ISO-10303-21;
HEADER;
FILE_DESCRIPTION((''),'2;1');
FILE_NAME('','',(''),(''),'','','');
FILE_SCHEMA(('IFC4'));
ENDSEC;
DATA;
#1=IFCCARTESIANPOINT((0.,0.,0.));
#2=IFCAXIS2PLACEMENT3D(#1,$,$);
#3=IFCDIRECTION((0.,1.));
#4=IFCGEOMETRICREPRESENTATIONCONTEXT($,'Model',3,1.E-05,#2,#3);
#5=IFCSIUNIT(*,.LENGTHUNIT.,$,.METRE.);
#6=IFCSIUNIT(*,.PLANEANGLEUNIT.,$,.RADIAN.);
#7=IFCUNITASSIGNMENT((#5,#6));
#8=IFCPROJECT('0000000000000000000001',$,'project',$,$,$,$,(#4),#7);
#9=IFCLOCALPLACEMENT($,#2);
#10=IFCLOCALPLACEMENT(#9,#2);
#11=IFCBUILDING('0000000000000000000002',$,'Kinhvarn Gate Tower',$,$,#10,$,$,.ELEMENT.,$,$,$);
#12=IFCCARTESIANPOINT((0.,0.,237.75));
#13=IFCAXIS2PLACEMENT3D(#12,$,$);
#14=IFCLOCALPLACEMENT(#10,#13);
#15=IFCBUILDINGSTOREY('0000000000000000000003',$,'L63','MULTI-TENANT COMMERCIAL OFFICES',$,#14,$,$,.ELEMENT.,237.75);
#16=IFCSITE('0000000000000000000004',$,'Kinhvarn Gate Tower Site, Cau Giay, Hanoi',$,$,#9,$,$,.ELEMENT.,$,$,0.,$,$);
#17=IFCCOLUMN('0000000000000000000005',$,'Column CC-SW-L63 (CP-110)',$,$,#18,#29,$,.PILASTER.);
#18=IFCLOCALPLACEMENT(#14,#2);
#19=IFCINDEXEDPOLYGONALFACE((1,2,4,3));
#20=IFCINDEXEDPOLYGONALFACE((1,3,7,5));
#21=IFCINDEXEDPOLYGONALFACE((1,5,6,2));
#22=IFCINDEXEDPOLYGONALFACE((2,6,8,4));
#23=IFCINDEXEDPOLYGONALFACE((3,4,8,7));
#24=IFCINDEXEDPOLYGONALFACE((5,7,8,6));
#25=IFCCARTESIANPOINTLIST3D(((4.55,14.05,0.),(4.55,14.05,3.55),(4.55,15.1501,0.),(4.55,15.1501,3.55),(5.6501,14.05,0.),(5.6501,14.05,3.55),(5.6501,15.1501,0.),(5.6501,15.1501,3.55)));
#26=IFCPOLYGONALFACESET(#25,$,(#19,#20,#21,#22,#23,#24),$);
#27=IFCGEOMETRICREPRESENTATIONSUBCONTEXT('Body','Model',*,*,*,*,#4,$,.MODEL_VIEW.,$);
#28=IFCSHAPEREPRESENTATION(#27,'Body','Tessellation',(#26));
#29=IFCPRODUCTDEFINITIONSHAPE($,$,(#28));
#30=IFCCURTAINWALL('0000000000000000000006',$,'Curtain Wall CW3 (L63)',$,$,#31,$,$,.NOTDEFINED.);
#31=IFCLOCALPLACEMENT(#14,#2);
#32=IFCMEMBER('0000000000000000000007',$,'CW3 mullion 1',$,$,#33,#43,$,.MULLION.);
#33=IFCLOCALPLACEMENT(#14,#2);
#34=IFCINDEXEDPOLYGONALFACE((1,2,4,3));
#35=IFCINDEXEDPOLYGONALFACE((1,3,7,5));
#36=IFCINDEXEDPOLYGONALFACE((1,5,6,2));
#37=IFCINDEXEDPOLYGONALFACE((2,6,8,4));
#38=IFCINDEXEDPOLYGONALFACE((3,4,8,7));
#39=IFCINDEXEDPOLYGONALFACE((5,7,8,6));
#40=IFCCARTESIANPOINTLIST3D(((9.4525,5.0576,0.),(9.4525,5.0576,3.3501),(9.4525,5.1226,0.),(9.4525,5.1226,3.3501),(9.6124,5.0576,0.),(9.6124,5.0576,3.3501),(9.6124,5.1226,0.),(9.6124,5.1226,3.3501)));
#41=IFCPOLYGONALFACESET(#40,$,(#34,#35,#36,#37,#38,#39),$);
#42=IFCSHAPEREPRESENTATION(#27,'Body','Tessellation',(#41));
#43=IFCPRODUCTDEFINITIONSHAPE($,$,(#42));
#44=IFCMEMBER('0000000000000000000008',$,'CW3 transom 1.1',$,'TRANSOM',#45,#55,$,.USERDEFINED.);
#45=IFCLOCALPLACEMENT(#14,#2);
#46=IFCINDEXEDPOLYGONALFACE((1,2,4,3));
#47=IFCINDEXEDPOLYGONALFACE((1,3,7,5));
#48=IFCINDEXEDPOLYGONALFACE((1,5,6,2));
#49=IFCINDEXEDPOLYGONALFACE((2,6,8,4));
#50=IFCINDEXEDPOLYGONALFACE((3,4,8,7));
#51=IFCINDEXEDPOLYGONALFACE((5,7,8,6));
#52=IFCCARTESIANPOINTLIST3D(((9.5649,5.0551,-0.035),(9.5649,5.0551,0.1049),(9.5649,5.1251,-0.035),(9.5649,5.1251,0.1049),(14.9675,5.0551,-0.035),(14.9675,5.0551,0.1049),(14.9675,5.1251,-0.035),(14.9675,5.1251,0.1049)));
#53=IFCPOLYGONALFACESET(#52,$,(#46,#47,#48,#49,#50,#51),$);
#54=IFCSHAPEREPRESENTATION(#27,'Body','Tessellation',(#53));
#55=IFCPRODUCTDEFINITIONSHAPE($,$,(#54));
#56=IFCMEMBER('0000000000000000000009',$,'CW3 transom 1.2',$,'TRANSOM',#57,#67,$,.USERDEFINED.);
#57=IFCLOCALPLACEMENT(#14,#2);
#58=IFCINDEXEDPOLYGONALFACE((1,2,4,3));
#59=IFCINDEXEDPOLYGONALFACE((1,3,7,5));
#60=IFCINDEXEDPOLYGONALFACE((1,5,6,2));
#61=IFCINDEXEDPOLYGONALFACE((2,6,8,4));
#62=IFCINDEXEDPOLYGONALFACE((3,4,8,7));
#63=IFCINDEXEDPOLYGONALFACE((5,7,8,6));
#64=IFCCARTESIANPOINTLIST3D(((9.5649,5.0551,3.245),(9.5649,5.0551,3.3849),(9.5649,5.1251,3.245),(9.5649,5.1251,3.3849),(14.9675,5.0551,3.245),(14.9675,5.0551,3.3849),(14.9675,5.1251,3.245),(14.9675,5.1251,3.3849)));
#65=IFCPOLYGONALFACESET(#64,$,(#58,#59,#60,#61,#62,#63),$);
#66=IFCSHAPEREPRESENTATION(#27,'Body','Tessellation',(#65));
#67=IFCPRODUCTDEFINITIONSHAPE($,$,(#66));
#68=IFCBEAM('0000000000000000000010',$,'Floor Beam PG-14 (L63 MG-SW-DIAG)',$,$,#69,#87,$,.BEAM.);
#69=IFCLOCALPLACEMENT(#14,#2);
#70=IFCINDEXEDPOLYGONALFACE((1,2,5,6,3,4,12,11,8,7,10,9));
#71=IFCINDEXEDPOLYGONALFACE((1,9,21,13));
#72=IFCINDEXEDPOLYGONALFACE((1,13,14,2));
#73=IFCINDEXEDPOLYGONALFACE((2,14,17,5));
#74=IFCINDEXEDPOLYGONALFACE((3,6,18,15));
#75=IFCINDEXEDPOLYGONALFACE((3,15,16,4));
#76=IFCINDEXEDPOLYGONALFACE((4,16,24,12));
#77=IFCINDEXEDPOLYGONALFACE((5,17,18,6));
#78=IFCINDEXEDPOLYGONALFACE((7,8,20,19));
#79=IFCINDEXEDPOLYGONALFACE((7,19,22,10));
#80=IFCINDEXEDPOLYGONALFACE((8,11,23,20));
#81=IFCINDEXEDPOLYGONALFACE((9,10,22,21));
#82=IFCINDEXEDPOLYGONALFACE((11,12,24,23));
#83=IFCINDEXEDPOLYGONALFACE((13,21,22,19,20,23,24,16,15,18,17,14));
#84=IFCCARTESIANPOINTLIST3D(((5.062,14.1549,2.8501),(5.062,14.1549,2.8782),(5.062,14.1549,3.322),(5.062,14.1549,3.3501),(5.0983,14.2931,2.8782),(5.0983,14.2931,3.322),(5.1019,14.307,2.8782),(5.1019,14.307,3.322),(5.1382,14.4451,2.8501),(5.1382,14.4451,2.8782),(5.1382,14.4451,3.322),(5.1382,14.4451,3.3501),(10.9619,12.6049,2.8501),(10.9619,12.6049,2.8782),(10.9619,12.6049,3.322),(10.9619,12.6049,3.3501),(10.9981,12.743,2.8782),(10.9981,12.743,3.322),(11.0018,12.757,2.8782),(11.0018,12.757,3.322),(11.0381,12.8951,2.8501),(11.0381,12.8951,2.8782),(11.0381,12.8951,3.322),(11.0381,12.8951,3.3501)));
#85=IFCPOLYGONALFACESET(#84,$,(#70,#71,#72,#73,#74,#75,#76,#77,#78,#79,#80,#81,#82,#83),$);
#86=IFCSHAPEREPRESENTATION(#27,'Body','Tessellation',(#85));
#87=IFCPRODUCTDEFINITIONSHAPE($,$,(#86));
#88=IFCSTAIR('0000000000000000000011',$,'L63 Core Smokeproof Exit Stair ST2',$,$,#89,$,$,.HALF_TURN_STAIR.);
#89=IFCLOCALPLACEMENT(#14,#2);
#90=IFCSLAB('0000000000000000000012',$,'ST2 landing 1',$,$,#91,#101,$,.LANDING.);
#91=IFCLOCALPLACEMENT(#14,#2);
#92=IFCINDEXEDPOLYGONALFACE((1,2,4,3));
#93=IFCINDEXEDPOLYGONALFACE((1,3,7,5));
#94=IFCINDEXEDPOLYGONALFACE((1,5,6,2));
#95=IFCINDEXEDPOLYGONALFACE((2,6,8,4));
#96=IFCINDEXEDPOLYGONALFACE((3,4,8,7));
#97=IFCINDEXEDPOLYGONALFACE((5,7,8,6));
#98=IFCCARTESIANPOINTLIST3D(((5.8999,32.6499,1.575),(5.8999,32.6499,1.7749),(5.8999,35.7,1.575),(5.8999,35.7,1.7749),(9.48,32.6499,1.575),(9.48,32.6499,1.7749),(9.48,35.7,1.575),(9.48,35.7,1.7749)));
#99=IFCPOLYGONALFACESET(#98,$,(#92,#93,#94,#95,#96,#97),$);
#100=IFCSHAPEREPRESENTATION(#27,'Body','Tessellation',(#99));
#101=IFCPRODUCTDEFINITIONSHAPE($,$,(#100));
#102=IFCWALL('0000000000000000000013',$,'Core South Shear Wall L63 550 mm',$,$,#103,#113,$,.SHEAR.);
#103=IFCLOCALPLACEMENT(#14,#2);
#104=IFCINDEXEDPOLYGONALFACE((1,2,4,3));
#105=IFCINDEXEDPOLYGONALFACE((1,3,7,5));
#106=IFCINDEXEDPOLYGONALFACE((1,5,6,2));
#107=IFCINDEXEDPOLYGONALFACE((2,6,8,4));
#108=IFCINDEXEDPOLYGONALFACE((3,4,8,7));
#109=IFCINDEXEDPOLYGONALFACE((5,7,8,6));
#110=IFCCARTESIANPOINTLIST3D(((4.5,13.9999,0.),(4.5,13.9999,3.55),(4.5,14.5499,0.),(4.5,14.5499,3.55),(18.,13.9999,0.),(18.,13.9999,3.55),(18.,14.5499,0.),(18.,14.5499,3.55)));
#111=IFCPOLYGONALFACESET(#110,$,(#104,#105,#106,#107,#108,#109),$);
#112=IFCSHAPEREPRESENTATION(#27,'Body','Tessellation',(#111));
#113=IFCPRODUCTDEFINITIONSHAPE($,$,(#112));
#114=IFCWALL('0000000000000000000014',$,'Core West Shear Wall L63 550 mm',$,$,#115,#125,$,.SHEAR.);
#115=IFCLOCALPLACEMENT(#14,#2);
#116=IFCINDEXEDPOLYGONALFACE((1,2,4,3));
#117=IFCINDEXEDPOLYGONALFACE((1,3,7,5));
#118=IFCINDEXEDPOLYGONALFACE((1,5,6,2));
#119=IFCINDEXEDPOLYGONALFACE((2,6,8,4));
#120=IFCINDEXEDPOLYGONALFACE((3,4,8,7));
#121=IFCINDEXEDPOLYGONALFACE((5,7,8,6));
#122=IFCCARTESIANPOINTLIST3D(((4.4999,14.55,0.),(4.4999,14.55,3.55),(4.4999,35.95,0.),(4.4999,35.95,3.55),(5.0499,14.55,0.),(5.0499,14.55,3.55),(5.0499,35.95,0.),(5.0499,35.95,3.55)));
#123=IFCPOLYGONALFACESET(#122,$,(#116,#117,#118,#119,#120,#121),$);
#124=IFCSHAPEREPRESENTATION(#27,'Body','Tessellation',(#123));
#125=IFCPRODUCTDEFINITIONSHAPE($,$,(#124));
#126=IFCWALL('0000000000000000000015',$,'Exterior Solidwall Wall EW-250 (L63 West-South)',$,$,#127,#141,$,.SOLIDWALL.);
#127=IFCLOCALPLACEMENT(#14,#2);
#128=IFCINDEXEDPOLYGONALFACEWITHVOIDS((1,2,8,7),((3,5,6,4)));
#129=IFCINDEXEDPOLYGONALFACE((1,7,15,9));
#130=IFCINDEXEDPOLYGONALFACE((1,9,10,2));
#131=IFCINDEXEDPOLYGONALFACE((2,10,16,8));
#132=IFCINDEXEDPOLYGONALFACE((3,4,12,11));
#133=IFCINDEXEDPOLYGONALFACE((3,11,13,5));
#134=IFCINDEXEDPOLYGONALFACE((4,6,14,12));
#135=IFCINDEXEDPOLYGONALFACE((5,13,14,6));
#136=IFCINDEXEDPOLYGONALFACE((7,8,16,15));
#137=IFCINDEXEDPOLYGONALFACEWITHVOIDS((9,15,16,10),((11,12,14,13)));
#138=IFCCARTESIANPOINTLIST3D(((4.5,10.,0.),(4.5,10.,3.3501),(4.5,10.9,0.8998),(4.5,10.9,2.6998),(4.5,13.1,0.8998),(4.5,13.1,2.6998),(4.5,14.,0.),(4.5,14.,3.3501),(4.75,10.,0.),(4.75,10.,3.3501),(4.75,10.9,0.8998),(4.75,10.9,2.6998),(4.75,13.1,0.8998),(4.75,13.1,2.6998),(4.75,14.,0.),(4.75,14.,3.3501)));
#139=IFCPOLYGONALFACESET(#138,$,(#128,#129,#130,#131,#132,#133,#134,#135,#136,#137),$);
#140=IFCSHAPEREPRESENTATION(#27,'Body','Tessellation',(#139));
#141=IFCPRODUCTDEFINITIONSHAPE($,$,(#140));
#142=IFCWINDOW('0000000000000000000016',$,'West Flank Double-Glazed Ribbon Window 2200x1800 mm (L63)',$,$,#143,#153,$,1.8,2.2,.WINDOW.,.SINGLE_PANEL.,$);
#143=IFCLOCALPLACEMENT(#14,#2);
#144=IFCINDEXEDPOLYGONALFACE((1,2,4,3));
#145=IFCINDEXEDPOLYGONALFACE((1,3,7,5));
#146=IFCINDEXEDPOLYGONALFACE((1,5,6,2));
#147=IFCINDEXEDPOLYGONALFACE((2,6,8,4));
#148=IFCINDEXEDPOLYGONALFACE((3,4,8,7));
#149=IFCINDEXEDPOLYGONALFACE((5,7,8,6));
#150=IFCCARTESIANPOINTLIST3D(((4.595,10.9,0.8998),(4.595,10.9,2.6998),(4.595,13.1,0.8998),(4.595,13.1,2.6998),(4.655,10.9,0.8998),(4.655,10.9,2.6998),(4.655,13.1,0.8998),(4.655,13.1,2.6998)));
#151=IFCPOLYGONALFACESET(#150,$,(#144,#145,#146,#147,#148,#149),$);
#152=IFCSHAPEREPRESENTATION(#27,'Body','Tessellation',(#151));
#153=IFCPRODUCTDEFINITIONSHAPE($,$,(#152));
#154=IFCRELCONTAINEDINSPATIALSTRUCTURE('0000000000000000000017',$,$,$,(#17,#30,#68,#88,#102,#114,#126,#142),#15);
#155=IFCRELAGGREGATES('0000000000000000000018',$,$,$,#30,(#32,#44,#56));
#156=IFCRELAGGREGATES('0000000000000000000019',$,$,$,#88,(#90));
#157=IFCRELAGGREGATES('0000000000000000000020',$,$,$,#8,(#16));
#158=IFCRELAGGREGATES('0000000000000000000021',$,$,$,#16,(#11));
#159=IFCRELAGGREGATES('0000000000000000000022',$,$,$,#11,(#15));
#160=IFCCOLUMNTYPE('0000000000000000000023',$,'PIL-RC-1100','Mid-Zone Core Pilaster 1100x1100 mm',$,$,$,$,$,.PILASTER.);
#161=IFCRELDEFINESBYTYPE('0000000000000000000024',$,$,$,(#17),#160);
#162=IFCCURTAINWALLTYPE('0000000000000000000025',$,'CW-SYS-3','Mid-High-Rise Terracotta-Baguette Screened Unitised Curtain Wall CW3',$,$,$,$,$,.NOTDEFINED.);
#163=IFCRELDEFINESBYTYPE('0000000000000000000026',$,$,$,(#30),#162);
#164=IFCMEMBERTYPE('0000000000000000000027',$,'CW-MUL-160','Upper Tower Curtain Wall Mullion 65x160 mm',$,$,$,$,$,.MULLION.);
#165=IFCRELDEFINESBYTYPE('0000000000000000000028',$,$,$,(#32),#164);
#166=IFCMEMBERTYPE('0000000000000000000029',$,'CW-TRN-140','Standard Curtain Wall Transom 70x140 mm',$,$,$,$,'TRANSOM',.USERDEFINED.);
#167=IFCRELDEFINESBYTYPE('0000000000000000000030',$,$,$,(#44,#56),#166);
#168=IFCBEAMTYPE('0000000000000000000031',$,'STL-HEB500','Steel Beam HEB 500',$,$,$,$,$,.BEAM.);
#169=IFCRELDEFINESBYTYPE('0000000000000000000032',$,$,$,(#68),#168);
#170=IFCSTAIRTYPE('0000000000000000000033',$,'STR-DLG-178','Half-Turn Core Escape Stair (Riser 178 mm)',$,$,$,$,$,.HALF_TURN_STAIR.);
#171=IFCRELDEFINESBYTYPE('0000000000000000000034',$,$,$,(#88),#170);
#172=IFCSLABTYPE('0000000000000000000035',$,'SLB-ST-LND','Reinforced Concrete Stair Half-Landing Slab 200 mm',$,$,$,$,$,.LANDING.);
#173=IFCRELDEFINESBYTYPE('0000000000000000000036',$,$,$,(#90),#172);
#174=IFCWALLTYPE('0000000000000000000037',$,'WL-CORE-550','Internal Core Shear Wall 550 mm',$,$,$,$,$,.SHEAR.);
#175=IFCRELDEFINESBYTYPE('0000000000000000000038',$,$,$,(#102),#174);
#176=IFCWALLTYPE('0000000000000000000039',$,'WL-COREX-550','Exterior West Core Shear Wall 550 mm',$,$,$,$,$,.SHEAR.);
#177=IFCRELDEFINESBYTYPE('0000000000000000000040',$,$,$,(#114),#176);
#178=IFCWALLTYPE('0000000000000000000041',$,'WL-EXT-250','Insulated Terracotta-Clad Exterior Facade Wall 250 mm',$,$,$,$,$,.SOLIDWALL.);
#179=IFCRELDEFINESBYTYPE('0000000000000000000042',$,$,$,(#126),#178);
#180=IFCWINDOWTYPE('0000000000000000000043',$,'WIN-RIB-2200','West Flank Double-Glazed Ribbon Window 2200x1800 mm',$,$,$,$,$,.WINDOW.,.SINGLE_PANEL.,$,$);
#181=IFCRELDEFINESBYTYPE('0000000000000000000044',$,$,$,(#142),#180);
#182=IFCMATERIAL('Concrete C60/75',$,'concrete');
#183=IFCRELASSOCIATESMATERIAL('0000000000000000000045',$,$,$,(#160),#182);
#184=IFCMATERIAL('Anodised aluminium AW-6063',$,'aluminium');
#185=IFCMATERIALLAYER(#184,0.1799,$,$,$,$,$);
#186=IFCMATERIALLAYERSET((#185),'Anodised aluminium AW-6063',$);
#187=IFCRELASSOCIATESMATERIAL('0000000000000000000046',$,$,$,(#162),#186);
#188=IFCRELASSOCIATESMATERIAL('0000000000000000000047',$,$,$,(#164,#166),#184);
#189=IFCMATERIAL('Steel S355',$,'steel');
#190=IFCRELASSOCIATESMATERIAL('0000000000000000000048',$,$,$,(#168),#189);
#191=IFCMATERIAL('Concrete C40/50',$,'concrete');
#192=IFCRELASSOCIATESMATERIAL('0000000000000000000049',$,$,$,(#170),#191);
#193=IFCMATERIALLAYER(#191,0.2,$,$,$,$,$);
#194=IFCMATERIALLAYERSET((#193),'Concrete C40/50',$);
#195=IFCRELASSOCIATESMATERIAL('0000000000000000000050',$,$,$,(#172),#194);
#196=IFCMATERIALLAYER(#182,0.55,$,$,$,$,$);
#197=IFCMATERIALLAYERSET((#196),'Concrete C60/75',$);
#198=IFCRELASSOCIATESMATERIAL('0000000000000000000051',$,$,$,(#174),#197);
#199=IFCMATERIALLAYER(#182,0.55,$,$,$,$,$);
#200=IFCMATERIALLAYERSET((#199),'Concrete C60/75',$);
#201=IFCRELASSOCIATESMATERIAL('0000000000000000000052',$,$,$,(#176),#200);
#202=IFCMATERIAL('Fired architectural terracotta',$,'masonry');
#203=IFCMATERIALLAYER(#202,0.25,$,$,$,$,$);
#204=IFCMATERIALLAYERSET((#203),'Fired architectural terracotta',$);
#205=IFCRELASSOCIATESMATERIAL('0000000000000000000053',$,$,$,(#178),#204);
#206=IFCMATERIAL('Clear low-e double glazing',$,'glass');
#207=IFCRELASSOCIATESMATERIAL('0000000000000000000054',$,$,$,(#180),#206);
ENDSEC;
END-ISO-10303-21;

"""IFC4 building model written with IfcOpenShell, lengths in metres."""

from ifc_helpers import new_model, si_unit, direction, frame, frame_2d, origin, origin_2d, place, context, subcontext, project, spatial, polyline, rectangle, i_section, outline, extrude, material, layer, layer_set, material_profile, profile_set, type_object, element, fill, aggregate, save


model = new_model("IFC4")

# Units and contexts
model_context = context("Model", 3, precision=1e-05, world=origin(), true_north=direction((0.0, 1.0)))
body_context = subcontext(model_context, "Body", "Model", "MODEL_VIEW")
ifc_project = project(units=[si_unit("LENGTHUNIT", "METRE"), si_unit("PLANEANGLEUNIT", "RADIAN")], contexts=[model_context])

# Site, building, storey
site_placement = place(None, origin())
site = spatial("IfcSite", under=ifc_project, at=site_placement, Name="Kinhvarn Gate Tower Site, Cau Giay, Hanoi", CompositionType="ELEMENT", RefElevation=0.0)
building_placement = place(site_placement, origin())
building = spatial("IfcBuilding", under=site, at=building_placement, Name="Kinhvarn Gate Tower", CompositionType="ELEMENT")
storey_placement = place(building_placement, frame((0.0, 0.0, 237.75)))
storey = spatial("IfcBuildingStorey", under=building, at=storey_placement, Name="L63", Description="MULTI-TENANT COMMERCIAL OFFICES", CompositionType="ELEMENT", Elevation=237.75)

# Column
ifc_material_1 = material(Name="Concrete C60/75", Category="concrete")
ifc_material_profile_1 = material_profile(ifc_material_1, rectangle(XDim=1.1001, YDim=1.1001, at=origin_2d()), Name="RC 1100x1100")
ifc_profile_set_1 = profile_set([ifc_material_profile_1], Name="Concrete C60/75")
column_type = type_object("IfcColumnType", Name="PIL-RC-1100", Description="Mid-Zone Core Pilaster 1100x1100 mm", PredefinedType="PILASTER", material=ifc_profile_set_1)
column_placement = place(storey_placement, frame((5.1001, 14.6001, 0.0), z_axis=(0.0, 0.0, 1.0), x_axis=(1.0, 0.0, 0.0)))
element("IfcColumn", 1, at=column_placement, inside=storey, type_object=column_type, Name="Column CC-SW-L63 (CP-110)", PredefinedType="PILASTER", context=body_context, shape_type="SweptSolid", body=[
    extrude(rectangle(XDim=1.1001, YDim=1.1001, at=origin_2d()), origin(), (0.0, 0.0, 1.0), 3.55),
])

# Curtain wall, members
ifc_material_2 = material(Name="Anodised aluminium AW-6063", Category="aluminium")
ifc_layer_1 = layer(ifc_material_2, 0.1799)
ifc_layer_set_1 = layer_set([ifc_layer_1], Name="Anodised aluminium AW-6063")
curtain_wall_type = type_object("IfcCurtainWallType", Name="CW-SYS-3", Description="Mid-High-Rise Terracotta-Baguette Screened Unitised Curtain Wall CW3", PredefinedType="NOTDEFINED", material=ifc_layer_set_1)
curtain_wall_placement = place(storey_placement, origin())
curtain_wall = element("IfcCurtainWall", 2, at=curtain_wall_placement, inside=storey, type_object=curtain_wall_type, Name="Curtain Wall CW3 (L63)", PredefinedType="NOTDEFINED")
ifc_material_profile_2 = material_profile(ifc_material_2, rectangle(XDim=0.0649, YDim=0.1599, at=origin_2d()), Name="ALU 65x160")
ifc_profile_set_2 = profile_set([ifc_material_profile_2], Name="Anodised aluminium AW-6063")
member_type_1 = type_object("IfcMemberType", Name="CW-MUL-160", Description="Upper Tower Curtain Wall Mullion 65x160 mm", PredefinedType="MULLION", material=ifc_profile_set_2)
member_1_placement = place(storey_placement, frame((9.5325, 5.0901, 0.0), z_axis=(0.0, 0.0, 1.0), x_axis=(0.0, 1.0, 0.0)))
member_1 = element("IfcMember", 3, at=member_1_placement, type_object=member_type_1, Name="CW3 mullion 1", PredefinedType="MULLION", context=body_context, shape_type="SweptSolid", body=[
    extrude(rectangle(XDim=0.0649, YDim=0.1599, at=origin_2d()), origin(), (0.0, 0.0, 1.0), 3.3501),
])
ifc_material_profile_3 = material_profile(ifc_material_2, rectangle(XDim=0.0701, YDim=0.1399, at=origin_2d()), Name="ALU 70x140")
ifc_profile_set_3 = profile_set([ifc_material_profile_3], Name="Anodised aluminium AW-6063")
member_type_2 = type_object("IfcMemberType", Name="CW-TRN-140", Description="Standard Curtain Wall Transom 70x140 mm", ElementType="TRANSOM", PredefinedType="USERDEFINED", material=ifc_profile_set_3)
member_2_placement = place(storey_placement, frame((9.5649, 5.0901, 0.0349), z_axis=(1.0, 0.0, 0.0), x_axis=(0.0, 1.0, 0.0)))
member_2 = element("IfcMember", 4, at=member_2_placement, type_object=member_type_2, Name="CW3 transom 1.1", ObjectType="TRANSOM", PredefinedType="USERDEFINED", context=body_context, shape_type="SweptSolid", body=[
    extrude(rectangle(XDim=0.0701, YDim=0.1399, at=origin_2d()), origin(), (0.0, 0.0, 1.0), 5.4026),
])
member_3_placement = place(storey_placement, frame((9.5649, 5.0901, 3.3149), z_axis=(1.0, 0.0, 0.0), x_axis=(0.0, 1.0, 0.0)))
member_3 = element("IfcMember", 5, at=member_3_placement, type_object=member_type_2, Name="CW3 transom 1.2", ObjectType="TRANSOM", PredefinedType="USERDEFINED", context=body_context, shape_type="SweptSolid", body=[
    extrude(rectangle(XDim=0.0701, YDim=0.1399, at=origin_2d()), origin(), (0.0, 0.0, 1.0), 5.4026),
])
aggregate(curtain_wall, [member_1, member_2, member_3])

# Beam
ifc_material_3 = material(Name="Steel S355", Category="steel")
ifc_material_profile_4 = material_profile(ifc_material_3, i_section(OverallWidth=0.3, OverallDepth=0.5, WebThickness=0.0144, FlangeThickness=0.0281, at=origin_2d()), Name="HEB 500")
ifc_profile_set_4 = profile_set([ifc_material_profile_4], Name="Steel S355")
beam_type = type_object("IfcBeamType", Name="STL-HEB500", Description="Steel Beam HEB 500", PredefinedType="BEAM", material=ifc_profile_set_4)
beam_placement = place(storey_placement, frame((5.1001, 14.3, 3.1001), z_axis=(0.967178, -0.254101, 0.0), x_axis=(0.254101, 0.967178, 0.0)))
element("IfcBeam", 6, at=beam_placement, inside=storey, type_object=beam_type, Name="Floor Beam PG-14 (L63 MG-SW-DIAG)", PredefinedType="BEAM", context=body_context, shape_type="SweptSolid", body=[
    extrude(i_section(OverallWidth=0.3, OverallDepth=0.5, WebThickness=0.0144, FlangeThickness=0.0281, at=origin_2d()), origin(), (0.0, 0.0, 1.0), 6.1001),
])

# Stair, slab
ifc_material_4 = material(Name="Concrete C40/50", Category="concrete")
stair_type = type_object("IfcStairType", Name="STR-DLG-178", Description="Half-Turn Core Escape Stair (Riser 178 mm)", PredefinedType="HALF_TURN_STAIR", material=ifc_material_4)
stair_1_placement = place(storey_placement, origin())
stair_1 = element("IfcStair", 7, at=stair_1_placement, inside=storey, type_object=stair_type, Name="L63 Core Smokeproof Exit Stair ST2", PredefinedType="HALF_TURN_STAIR")
ifc_layer_2 = layer(ifc_material_4, 0.2)
ifc_layer_set_2 = layer_set([ifc_layer_2], Name="Concrete C40/50")
slab_type = type_object("IfcSlabType", Name="SLB-ST-LND", Description="Reinforced Concrete Stair Half-Landing Slab 200 mm", PredefinedType="LANDING", material=ifc_layer_set_2)
slab_placement = place(storey_placement, frame((0.0, 0.0, 1.575)))
slab = element("IfcSlab", 8, at=slab_placement, type_object=slab_type, Name="ST2 landing 1", PredefinedType="LANDING", context=body_context, shape_type="SweptSolid", body=[
    extrude(outline(polyline([(9.48, 35.7), (5.8999, 35.7), (5.8999, 32.6499), (9.48, 32.6499), (9.48, 35.7)])), origin(), (0.0, 0.0, 1.0), 0.2),
])
aggregate(stair_1, [slab])

# Walls
ifc_layer_3 = layer(ifc_material_1, 0.55)
ifc_layer_set_3 = layer_set([ifc_layer_3], Name="Concrete C60/75")
wall_type_1 = type_object("IfcWallType", Name="WL-CORE-550", Description="Internal Core Shear Wall 550 mm", PredefinedType="SHEAR", material=ifc_layer_set_3)
wall_1_placement = place(storey_placement, frame((4.5, 14.2749, 0.0), z_axis=(0.0, 0.0, 1.0), x_axis=(1.0, 0.0, 0.0)))
element("IfcWall", 9, at=wall_1_placement, inside=storey, type_object=wall_type_1, Name="Core South Shear Wall L63 550 mm", PredefinedType="SHEAR", context=body_context, shape_type="SweptSolid", body=[
    extrude(rectangle(XDim=13.5, YDim=0.55, at=frame_2d((6.75, 0.0))), origin(), (0.0, 0.0, 1.0), 3.55),
])
ifc_layer_4 = layer(ifc_material_1, 0.55)
ifc_layer_set_4 = layer_set([ifc_layer_4], Name="Concrete C60/75")
wall_type_2 = type_object("IfcWallType", Name="WL-COREX-550", Description="Exterior West Core Shear Wall 550 mm", PredefinedType="SHEAR", material=ifc_layer_set_4)
wall_2_placement = place(storey_placement, frame((4.7749, 14.55, 0.0), z_axis=(0.0, 0.0, 1.0), x_axis=(0.0, 1.0, 0.0)))
element("IfcWall", 10, at=wall_2_placement, inside=storey, type_object=wall_type_2, Name="Core West Shear Wall L63 550 mm", PredefinedType="SHEAR", context=body_context, shape_type="SweptSolid", body=[
    extrude(rectangle(XDim=21.3999, YDim=0.55, at=frame_2d((10.7, 0.0))), origin(), (0.0, 0.0, 1.0), 3.55),
])

# Wall, opening, window
ifc_material_5 = material(Name="Fired architectural terracotta", Category="masonry")
ifc_layer_5 = layer(ifc_material_5, 0.25)
ifc_layer_set_5 = layer_set([ifc_layer_5], Name="Fired architectural terracotta")
wall_type_3 = type_object("IfcWallType", Name="WL-EXT-250", Description="Insulated Terracotta-Clad Exterior Facade Wall 250 mm", PredefinedType="SOLIDWALL", material=ifc_layer_set_5)
wall_3_placement = place(storey_placement, frame((4.625, 14.0, 0.0), z_axis=(0.0, 0.0, 1.0), x_axis=(0.0, -1.0, 0.0)))
wall_3 = element("IfcWall", 11, at=wall_3_placement, inside=storey, type_object=wall_type_3, Name="Exterior Solidwall Wall EW-250 (L63 West-South)", PredefinedType="SOLIDWALL", context=body_context, shape_type="SweptSolid", body=[
    extrude(rectangle(XDim=4.0, YDim=0.25, at=frame_2d((2.0, 0.0))), origin(), (0.0, 0.0, 1.0), 3.3501),
])
opening_1_placement = place(wall_3_placement, frame((0.8999, 0.0, 0.8999)))
opening_1 = element("IfcOpeningElement", 12, at=opening_1_placement, cuts=wall_3, PredefinedType="OPENING", context=body_context, shape_type="SweptSolid", body=[
    extrude(rectangle(XDim=2.2, YDim=1.8, at=frame_2d((1.1001, 0.8999))), frame((0.0, 0.135, 0.0), z_axis=(0.0, -1.0, 0.0), x_axis=(1.0, 0.0, 0.0)), (0.0, 0.0, 1.0), 0.27),
])
ifc_material_6 = material(Name="Clear low-e double glazing", Category="glass")
window_type_1 = type_object("IfcWindowType", Name="WIN-RIB-2200", Description="West Flank Double-Glazed Ribbon Window 2200x1800 mm", PartitioningType="SINGLE_PANEL", PredefinedType="WINDOW", material=ifc_material_6)
window_1_placement = place(opening_1_placement, origin())
window_1 = element("IfcWindow", 13, at=window_1_placement, inside=storey, type_object=window_type_1, Name="West Flank Double-Glazed Ribbon Window 2200x1800 mm (L63)", OverallHeight=1.8, OverallWidth=2.2, PartitioningType="SINGLE_PANEL", PredefinedType="WINDOW", context=body_context, shape_type="SweptSolid", body=[
    extrude(rectangle(XDim=2.2, YDim=1.8, at=frame_2d((1.1001, 0.8999))), frame((0.0, 0.03, 0.0), z_axis=(0.0, -1.0, 0.0), x_axis=(1.0, 0.0, 0.0)), (0.0, 0.0, 1.0), 0.0601),
])
fill(opening_1, window_1)

save(model, "model.ifc")
